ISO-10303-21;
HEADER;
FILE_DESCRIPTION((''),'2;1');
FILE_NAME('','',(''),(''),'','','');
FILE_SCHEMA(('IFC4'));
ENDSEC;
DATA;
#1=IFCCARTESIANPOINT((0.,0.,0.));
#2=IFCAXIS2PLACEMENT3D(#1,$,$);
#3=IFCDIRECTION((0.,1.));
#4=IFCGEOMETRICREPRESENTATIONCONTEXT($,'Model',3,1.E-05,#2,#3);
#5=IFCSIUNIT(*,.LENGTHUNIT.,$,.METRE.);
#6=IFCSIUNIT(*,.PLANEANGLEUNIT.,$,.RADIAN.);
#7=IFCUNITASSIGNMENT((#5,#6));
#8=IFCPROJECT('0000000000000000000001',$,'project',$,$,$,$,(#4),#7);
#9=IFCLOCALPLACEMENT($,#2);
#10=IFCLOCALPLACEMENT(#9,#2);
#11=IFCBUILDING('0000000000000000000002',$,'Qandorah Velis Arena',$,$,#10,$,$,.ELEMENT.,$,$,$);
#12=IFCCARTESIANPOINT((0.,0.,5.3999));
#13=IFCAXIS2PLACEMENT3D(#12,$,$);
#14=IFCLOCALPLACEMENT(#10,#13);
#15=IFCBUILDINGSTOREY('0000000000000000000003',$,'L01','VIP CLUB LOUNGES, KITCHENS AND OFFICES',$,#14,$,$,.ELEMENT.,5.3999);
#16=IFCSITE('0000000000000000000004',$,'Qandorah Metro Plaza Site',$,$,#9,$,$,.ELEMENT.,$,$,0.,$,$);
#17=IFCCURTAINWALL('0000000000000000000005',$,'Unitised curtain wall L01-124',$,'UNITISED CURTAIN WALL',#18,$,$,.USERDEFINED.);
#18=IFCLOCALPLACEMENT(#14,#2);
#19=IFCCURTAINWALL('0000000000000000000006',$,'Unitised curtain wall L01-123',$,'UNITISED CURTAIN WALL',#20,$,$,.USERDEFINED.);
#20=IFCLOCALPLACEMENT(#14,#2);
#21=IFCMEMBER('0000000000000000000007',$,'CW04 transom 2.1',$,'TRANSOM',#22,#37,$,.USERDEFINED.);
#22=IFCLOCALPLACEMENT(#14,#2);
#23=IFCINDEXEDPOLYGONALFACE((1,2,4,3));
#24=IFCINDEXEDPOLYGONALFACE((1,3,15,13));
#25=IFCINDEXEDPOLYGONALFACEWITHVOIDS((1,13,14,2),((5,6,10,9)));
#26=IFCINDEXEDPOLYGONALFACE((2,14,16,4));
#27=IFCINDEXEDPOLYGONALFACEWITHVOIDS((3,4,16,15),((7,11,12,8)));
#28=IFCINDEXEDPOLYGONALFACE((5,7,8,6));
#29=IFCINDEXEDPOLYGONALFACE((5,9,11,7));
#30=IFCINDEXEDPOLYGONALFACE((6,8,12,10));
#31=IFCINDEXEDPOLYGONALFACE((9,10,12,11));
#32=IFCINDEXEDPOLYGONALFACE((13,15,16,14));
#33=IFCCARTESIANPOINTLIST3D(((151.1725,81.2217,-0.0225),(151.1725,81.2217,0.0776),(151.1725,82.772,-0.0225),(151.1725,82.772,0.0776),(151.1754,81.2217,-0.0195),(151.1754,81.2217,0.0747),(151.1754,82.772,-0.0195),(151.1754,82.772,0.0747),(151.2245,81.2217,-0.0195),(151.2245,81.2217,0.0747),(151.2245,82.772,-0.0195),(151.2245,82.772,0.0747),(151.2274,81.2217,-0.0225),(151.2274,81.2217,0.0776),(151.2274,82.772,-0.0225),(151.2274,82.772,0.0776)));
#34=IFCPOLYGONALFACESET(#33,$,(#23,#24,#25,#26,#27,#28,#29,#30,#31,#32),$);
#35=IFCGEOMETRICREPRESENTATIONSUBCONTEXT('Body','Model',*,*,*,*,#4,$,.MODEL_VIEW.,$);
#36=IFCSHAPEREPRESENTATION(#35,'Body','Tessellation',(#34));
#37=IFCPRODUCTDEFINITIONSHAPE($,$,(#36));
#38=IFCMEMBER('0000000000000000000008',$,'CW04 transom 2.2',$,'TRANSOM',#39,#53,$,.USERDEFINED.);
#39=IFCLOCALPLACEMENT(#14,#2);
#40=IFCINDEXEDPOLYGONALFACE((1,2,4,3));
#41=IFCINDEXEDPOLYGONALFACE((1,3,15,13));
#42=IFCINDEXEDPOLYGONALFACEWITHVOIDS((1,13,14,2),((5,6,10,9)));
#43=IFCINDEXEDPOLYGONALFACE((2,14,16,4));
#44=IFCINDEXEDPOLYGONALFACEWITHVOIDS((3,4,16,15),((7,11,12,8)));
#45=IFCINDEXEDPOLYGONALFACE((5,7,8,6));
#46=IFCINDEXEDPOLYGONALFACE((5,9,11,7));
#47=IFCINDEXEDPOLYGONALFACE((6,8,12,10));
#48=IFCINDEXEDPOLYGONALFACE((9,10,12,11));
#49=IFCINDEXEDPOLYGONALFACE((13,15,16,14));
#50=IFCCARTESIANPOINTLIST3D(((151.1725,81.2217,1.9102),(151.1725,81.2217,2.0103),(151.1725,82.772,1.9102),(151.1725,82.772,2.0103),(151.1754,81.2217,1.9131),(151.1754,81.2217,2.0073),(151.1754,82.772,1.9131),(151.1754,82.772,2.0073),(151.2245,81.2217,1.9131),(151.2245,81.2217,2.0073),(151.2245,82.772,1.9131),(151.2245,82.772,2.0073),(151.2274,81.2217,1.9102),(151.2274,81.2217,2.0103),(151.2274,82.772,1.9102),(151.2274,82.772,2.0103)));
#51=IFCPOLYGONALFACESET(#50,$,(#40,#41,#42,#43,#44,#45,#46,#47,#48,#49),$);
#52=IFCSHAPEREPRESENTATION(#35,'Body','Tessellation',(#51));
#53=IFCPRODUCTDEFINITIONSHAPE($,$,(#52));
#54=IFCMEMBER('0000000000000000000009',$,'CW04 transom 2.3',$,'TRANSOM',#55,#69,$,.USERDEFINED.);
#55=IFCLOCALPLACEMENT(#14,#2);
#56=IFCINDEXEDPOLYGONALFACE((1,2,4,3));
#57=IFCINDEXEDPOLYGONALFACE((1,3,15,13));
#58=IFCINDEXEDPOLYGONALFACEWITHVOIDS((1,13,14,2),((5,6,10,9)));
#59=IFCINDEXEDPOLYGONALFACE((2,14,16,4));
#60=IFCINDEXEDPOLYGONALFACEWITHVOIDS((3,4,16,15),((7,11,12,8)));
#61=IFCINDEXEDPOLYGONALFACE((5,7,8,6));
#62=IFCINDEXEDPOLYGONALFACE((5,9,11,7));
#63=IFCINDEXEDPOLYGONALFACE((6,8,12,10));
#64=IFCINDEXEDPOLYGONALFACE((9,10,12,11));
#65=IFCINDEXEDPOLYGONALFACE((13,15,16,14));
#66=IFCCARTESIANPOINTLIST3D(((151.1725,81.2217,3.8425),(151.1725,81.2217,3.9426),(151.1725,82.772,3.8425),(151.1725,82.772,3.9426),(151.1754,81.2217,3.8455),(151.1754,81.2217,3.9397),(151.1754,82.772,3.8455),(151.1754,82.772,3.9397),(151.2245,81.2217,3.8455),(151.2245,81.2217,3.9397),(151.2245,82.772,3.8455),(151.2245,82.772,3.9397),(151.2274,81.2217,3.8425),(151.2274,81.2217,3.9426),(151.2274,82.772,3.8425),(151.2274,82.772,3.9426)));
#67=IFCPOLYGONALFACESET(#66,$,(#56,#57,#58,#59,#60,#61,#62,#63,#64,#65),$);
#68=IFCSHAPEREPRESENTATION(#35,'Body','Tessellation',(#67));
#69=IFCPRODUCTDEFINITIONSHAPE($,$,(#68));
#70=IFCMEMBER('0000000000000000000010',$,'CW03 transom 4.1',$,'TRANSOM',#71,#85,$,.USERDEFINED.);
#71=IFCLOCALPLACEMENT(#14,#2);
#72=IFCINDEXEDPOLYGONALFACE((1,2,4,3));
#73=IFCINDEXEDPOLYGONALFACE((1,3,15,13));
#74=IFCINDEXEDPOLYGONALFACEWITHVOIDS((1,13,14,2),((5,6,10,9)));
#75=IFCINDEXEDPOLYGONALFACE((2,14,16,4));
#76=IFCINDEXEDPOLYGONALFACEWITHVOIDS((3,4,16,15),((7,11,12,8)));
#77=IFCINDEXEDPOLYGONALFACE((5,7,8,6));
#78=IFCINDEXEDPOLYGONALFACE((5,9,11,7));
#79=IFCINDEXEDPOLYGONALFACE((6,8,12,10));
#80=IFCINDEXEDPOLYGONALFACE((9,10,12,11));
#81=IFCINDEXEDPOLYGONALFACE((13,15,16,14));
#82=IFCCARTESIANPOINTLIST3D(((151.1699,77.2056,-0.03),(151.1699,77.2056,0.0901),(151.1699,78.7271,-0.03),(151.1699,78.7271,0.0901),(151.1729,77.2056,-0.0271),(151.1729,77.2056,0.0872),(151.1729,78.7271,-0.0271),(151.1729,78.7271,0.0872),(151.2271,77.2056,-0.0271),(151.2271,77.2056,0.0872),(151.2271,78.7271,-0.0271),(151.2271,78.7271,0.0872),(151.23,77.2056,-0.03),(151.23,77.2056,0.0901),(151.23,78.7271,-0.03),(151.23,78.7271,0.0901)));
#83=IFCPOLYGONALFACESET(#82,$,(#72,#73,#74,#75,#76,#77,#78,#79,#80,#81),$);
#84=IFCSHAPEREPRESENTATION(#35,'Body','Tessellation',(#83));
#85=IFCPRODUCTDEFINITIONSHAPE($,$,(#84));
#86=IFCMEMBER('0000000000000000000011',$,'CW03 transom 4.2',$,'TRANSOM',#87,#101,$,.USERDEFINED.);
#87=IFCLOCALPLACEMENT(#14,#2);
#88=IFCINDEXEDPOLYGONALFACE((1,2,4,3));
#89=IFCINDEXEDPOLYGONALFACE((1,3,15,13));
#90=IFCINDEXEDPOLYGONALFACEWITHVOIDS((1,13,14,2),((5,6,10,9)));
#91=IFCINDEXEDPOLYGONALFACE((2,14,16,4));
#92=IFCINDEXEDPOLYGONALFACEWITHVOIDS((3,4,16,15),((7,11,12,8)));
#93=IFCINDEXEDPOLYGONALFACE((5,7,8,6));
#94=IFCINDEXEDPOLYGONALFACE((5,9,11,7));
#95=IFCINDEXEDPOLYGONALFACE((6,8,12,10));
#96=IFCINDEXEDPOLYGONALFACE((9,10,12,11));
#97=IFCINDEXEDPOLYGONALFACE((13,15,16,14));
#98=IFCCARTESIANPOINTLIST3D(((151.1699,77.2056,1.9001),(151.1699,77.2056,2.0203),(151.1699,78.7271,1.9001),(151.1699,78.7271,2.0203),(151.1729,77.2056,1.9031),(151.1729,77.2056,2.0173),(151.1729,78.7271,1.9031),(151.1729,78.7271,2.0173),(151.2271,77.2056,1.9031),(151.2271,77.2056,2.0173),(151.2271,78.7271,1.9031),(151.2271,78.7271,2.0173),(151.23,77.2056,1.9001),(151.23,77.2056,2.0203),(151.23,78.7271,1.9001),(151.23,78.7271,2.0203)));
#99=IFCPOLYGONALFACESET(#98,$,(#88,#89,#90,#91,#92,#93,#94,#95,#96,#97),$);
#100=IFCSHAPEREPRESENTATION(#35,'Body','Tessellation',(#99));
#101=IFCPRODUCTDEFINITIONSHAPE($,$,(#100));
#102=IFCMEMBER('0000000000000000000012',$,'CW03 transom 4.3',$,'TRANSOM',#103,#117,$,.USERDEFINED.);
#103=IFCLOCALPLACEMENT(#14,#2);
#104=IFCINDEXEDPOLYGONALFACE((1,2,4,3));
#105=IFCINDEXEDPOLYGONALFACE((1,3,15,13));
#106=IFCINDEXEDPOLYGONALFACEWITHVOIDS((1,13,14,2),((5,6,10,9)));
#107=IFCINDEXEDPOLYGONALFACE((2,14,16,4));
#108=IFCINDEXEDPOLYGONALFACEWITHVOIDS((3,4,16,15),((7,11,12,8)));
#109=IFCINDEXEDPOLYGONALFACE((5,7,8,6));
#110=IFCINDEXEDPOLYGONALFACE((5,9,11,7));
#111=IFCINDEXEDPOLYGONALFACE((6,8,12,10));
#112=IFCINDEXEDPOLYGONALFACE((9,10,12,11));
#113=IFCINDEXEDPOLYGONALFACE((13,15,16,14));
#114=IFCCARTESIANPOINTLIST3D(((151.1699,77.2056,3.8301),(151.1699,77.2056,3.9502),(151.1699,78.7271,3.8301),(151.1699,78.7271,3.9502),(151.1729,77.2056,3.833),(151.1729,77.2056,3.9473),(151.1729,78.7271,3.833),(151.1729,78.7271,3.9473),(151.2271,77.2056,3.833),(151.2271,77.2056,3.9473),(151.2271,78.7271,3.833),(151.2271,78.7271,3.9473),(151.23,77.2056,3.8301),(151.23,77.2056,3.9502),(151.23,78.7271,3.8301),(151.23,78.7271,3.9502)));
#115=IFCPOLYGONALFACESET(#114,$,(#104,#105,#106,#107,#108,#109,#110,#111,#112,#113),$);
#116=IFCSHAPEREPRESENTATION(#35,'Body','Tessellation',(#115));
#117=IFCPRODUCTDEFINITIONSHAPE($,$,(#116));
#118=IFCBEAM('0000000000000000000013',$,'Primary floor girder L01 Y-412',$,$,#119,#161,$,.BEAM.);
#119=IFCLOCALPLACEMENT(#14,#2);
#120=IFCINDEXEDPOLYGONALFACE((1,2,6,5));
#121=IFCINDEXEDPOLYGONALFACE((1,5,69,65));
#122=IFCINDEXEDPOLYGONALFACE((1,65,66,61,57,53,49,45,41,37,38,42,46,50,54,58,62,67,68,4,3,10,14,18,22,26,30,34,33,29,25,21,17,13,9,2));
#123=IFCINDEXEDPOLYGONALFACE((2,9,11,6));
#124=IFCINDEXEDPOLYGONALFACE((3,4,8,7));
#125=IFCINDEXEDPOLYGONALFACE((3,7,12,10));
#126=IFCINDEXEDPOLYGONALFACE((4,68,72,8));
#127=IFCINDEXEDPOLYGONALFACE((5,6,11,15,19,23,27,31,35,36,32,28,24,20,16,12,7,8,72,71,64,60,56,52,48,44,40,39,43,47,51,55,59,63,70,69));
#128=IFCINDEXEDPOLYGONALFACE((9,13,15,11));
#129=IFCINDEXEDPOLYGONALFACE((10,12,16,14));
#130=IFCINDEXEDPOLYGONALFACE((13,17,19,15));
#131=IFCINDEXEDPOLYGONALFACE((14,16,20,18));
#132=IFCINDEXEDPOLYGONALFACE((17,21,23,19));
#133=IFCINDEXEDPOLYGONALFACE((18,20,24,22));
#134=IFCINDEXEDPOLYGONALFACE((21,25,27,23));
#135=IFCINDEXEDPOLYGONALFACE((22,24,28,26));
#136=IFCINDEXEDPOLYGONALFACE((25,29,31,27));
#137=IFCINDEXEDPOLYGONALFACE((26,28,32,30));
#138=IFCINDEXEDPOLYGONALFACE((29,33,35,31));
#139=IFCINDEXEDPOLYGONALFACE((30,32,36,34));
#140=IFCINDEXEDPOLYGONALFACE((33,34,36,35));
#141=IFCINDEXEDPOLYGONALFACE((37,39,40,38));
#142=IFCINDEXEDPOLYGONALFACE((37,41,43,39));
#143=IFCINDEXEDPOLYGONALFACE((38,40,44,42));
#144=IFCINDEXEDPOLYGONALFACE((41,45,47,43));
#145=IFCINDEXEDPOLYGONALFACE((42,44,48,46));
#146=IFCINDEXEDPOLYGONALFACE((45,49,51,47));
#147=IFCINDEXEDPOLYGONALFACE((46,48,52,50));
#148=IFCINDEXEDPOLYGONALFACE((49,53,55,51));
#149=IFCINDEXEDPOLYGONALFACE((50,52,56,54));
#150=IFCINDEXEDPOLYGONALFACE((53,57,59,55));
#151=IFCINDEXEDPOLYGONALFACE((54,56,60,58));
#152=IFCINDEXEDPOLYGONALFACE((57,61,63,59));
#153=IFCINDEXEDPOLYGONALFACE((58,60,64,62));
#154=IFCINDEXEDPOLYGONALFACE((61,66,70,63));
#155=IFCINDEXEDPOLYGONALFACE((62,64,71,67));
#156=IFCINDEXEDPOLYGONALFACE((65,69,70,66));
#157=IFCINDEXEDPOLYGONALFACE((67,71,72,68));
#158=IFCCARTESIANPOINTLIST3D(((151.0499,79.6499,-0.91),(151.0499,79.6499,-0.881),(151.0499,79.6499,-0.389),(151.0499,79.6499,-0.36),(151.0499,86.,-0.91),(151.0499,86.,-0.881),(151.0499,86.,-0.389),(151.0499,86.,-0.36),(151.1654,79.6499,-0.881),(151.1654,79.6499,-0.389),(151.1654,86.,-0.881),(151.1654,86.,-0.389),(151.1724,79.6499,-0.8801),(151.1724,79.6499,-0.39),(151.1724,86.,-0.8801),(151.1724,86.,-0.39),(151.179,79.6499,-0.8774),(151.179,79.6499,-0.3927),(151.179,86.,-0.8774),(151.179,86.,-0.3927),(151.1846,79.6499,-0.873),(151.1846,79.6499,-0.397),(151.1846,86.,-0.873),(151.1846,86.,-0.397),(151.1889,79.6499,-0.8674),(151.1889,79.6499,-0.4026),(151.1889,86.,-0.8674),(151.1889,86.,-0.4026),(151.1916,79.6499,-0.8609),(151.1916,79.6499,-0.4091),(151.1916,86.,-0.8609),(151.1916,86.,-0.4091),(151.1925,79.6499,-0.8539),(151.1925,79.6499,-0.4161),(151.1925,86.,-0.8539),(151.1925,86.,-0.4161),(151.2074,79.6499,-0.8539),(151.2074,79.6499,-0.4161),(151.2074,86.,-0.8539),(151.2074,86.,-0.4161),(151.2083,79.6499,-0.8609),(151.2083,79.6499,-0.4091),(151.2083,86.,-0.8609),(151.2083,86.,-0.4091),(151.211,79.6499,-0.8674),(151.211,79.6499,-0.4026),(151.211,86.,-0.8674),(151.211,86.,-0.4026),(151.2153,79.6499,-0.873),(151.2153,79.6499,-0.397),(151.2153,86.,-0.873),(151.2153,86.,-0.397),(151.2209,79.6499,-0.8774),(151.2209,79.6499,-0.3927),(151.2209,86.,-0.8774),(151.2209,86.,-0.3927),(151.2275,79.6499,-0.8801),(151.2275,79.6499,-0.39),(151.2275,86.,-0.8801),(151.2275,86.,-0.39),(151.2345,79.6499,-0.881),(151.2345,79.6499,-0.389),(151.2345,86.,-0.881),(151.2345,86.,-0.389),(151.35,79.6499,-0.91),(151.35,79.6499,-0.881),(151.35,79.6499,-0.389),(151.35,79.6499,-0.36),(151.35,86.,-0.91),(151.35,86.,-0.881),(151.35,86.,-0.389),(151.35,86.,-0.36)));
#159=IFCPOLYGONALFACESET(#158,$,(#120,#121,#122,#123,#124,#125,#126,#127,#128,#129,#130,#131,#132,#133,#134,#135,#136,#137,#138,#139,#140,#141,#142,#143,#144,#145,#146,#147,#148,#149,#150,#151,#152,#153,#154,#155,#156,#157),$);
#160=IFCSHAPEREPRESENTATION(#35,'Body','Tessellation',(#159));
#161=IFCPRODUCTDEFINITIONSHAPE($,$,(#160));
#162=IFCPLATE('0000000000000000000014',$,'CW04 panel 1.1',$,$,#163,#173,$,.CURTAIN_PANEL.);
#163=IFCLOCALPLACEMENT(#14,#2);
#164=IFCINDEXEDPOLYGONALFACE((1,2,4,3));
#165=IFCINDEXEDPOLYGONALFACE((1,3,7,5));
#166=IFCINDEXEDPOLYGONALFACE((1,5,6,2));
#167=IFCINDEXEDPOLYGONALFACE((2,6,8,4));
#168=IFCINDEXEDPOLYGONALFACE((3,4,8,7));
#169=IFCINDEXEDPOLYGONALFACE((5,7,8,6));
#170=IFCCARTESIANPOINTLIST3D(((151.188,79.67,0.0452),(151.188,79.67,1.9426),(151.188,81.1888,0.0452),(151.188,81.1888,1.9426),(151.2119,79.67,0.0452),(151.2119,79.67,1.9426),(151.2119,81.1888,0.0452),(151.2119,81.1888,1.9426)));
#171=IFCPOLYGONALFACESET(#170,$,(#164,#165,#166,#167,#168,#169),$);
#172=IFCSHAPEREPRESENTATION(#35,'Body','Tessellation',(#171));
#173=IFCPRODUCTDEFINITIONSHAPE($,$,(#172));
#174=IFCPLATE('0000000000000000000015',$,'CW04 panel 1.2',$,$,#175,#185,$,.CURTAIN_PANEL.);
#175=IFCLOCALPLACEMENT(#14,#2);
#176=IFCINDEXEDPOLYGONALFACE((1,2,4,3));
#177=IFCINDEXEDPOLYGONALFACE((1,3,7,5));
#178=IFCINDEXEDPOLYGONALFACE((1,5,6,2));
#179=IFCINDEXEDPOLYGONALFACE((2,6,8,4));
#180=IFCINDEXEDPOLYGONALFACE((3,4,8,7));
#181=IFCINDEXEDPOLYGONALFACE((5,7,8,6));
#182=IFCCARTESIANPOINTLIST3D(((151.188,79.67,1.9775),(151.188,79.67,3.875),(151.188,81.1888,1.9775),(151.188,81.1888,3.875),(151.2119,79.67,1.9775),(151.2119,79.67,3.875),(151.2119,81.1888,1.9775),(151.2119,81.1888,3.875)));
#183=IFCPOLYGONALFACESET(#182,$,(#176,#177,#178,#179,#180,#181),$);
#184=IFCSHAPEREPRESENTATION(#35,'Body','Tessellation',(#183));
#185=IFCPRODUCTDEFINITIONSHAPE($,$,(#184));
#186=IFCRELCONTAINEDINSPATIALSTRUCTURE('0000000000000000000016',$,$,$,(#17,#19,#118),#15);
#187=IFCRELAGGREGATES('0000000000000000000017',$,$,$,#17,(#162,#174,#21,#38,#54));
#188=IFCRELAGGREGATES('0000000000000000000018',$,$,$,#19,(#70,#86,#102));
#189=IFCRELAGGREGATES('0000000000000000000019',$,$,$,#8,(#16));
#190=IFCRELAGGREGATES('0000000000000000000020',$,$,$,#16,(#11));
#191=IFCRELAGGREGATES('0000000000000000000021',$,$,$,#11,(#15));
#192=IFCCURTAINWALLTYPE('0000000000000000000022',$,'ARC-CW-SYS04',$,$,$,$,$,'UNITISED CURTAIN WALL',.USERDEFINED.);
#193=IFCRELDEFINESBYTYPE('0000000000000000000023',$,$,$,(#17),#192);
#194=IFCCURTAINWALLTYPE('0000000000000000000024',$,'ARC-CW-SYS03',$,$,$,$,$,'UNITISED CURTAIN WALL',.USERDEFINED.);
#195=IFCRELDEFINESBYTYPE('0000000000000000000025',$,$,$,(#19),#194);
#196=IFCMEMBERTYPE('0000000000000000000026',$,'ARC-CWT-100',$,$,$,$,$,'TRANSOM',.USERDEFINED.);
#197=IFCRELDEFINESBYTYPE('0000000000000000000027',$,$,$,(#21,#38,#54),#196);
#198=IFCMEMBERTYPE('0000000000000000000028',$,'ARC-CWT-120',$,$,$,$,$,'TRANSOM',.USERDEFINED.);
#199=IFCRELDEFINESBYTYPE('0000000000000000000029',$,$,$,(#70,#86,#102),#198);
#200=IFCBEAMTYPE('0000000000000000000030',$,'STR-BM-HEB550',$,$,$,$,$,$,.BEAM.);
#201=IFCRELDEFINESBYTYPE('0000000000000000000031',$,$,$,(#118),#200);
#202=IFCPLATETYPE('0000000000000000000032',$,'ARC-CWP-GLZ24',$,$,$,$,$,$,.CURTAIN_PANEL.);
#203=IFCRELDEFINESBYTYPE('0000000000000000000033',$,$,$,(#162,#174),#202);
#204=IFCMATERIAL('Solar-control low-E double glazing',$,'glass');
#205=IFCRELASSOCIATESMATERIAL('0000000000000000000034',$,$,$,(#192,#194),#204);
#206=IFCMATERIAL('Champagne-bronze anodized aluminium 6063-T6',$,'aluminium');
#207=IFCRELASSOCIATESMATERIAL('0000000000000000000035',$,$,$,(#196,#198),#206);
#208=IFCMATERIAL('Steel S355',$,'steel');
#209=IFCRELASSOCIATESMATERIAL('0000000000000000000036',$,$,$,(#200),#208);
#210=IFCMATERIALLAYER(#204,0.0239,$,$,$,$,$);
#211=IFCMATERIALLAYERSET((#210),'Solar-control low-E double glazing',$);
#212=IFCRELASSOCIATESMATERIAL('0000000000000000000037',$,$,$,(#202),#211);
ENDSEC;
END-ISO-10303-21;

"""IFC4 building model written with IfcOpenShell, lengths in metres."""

from ifc_helpers import new_model, si_unit, direction, frame, origin, origin_2d, place, context, subcontext, project, spatial, rectangle, hollow_rectangle, i_section, extrude, material, layer, layer_set, material_profile, profile_set, type_object, element, aggregate, save


model = new_model("IFC4")

# Units and contexts
model_context = context("Model", 3, precision=1e-05, world=origin(), true_north=direction((0.0, 1.0)))
body_context = subcontext(model_context, "Body", "Model", "MODEL_VIEW")
ifc_project = project(units=[si_unit("LENGTHUNIT", "METRE"), si_unit("PLANEANGLEUNIT", "RADIAN")], contexts=[model_context])

# Site, building, storey
site_placement = place(None, origin())
site = spatial("IfcSite", under=ifc_project, at=site_placement, Name="Qandorah Metro Plaza Site", CompositionType="ELEMENT", RefElevation=0.0)
building_placement = place(site_placement, origin())
building = spatial("IfcBuilding", under=site, at=building_placement, Name="Qandorah Velis Arena", CompositionType="ELEMENT")
storey_placement = place(building_placement, frame((0.0, 0.0, 5.3999)))
storey = spatial("IfcBuildingStorey", under=building, at=storey_placement, Name="L01", Description="VIP CLUB LOUNGES, KITCHENS AND OFFICES", CompositionType="ELEMENT", Elevation=5.3999)

# Curtain walls
ifc_material_1 = material(Name="Solar-control low-E double glazing", Category="glass")
curtain_wall_type_1 = type_object("IfcCurtainWallType", Name="ARC-CW-SYS04", ElementType="UNITISED CURTAIN WALL", PredefinedType="USERDEFINED", material=ifc_material_1)
curtain_wall_1_placement = place(storey_placement, origin())
curtain_wall_1 = element("IfcCurtainWall", 1, at=curtain_wall_1_placement, inside=storey, type_object=curtain_wall_type_1, Name="Unitised curtain wall L01-124", ObjectType="UNITISED CURTAIN WALL", PredefinedType="USERDEFINED")
ifc_material_2 = material(Name="Champagne-bronze anodized aluminium 6063-T6", Category="aluminium")
curtain_wall_type_2 = type_object("IfcCurtainWallType", Name="ARC-CW-SYS03", ElementType="UNITISED CURTAIN WALL", PredefinedType="USERDEFINED", material=ifc_material_1)
curtain_wall_2_placement = place(storey_placement, origin())
curtain_wall_2 = element("IfcCurtainWall", 2, at=curtain_wall_2_placement, inside=storey, type_object=curtain_wall_type_2, Name="Unitised curtain wall L01-123", ObjectType="UNITISED CURTAIN WALL", PredefinedType="USERDEFINED")

# Members
ifc_material_profile_1 = material_profile(ifc_material_2, hollow_rectangle(XDim=0.0549, YDim=0.1001, WallThickness=0.0029, at=origin_2d()), Name="ALU TRANSOM 55x100")
ifc_profile_set_1 = profile_set([ifc_material_profile_1], Name="Champagne-bronze anodized aluminium 6063-T6")
member_type_1 = type_object("IfcMemberType", Name="ARC-CWT-100", ElementType="TRANSOM", PredefinedType="USERDEFINED", material=ifc_profile_set_1)
member_1_placement = place(storey_placement, frame((151.2, 81.2217, 0.0276), z_axis=(0.0, 1.0, 0.0), x_axis=(-1.0, 0.0, 0.0)))
member_1 = element("IfcMember", 3, at=member_1_placement, type_object=member_type_1, Name="CW04 transom 2.1", ObjectType="TRANSOM", PredefinedType="USERDEFINED", context=body_context, shape_type="SweptSolid", body=[
    extrude(hollow_rectangle(XDim=0.0549, YDim=0.1001, WallThickness=0.0029, at=origin_2d()), origin(), (0.0, 0.0, 1.0), 1.5503),
])
member_2_placement = place(storey_placement, frame((151.2, 81.2217, 1.9602), z_axis=(0.0, 1.0, 0.0), x_axis=(-1.0, 0.0, 0.0)))
member_2 = element("IfcMember", 4, at=member_2_placement, type_object=member_type_1, Name="CW04 transom 2.2", ObjectType="TRANSOM", PredefinedType="USERDEFINED", context=body_context, shape_type="SweptSolid", body=[
    extrude(hollow_rectangle(XDim=0.0549, YDim=0.1001, WallThickness=0.0029, at=origin_2d()), origin(), (0.0, 0.0, 1.0), 1.5503),
])
member_3_placement = place(storey_placement, frame((151.2, 81.2217, 3.8926), z_axis=(0.0, 1.0, 0.0), x_axis=(-1.0, 0.0, 0.0)))
member_3 = element("IfcMember", 5, at=member_3_placement, type_object=member_type_1, Name="CW04 transom 2.3", ObjectType="TRANSOM", PredefinedType="USERDEFINED", context=body_context, shape_type="SweptSolid", body=[
    extrude(hollow_rectangle(XDim=0.0549, YDim=0.1001, WallThickness=0.0029, at=origin_2d()), origin(), (0.0, 0.0, 1.0), 1.5503),
])
ifc_material_profile_2 = material_profile(ifc_material_2, hollow_rectangle(XDim=0.0601, YDim=0.1201, WallThickness=0.0029, at=origin_2d()), Name="ALU TRANSOM 60x120")
ifc_profile_set_2 = profile_set([ifc_material_profile_2], Name="Champagne-bronze anodized aluminium 6063-T6")
member_type_2 = type_object("IfcMemberType", Name="ARC-CWT-120", ElementType="TRANSOM", PredefinedType="USERDEFINED", material=ifc_profile_set_2)
member_4_placement = place(storey_placement, frame((151.2, 77.2056, 0.03), z_axis=(0.0, 1.0, 0.0), x_axis=(-1.0, 0.0, 0.0)))
member_4 = element("IfcMember", 6, at=member_4_placement, type_object=member_type_2, Name="CW03 transom 4.1", ObjectType="TRANSOM", PredefinedType="USERDEFINED", context=body_context, shape_type="SweptSolid", body=[
    extrude(hollow_rectangle(XDim=0.0601, YDim=0.1201, WallThickness=0.0029, at=origin_2d()), origin(), (0.0, 0.0, 1.0), 1.5215),
])
member_5_placement = place(storey_placement, frame((151.2, 77.2056, 1.9602), z_axis=(0.0, 1.0, 0.0), x_axis=(-1.0, 0.0, 0.0)))
member_5 = element("IfcMember", 7, at=member_5_placement, type_object=member_type_2, Name="CW03 transom 4.2", ObjectType="TRANSOM", PredefinedType="USERDEFINED", context=body_context, shape_type="SweptSolid", body=[
    extrude(hollow_rectangle(XDim=0.0601, YDim=0.1201, WallThickness=0.0029, at=origin_2d()), origin(), (0.0, 0.0, 1.0), 1.5215),
])
member_6_placement = place(storey_placement, frame((151.2, 77.2056, 3.8901), z_axis=(0.0, 1.0, 0.0), x_axis=(-1.0, 0.0, 0.0)))
member_6 = element("IfcMember", 8, at=member_6_placement, type_object=member_type_2, Name="CW03 transom 4.3", ObjectType="TRANSOM", PredefinedType="USERDEFINED", context=body_context, shape_type="SweptSolid", body=[
    extrude(hollow_rectangle(XDim=0.0601, YDim=0.1201, WallThickness=0.0029, at=origin_2d()), origin(), (0.0, 0.0, 1.0), 1.5215),
])

# Beam
ifc_material_3 = material(Name="Steel S355", Category="steel")
ifc_material_profile_3 = material_profile(ifc_material_3, i_section(OverallWidth=0.3, OverallDepth=0.55, WebThickness=0.0149, FlangeThickness=0.0291, FilletRadius=0.0271, at=origin_2d()), Name="HEB 550")
ifc_profile_set_3 = profile_set([ifc_material_profile_3], Name="Steel S355")
beam_type = type_object("IfcBeamType", Name="STR-BM-HEB550", PredefinedType="BEAM", material=ifc_profile_set_3)
beam_placement = place(storey_placement, frame((151.2, 79.6499, -0.635), z_axis=(0.0, 1.0, 0.0), x_axis=(-1.0, 0.0, 0.0)))
element("IfcBeam", 9, at=beam_placement, inside=storey, type_object=beam_type, Name="Primary floor girder L01 Y-412", PredefinedType="BEAM", context=body_context, shape_type="SweptSolid", body=[
    extrude(i_section(OverallWidth=0.3, OverallDepth=0.55, WebThickness=0.0149, FlangeThickness=0.0291, FilletRadius=0.0271, at=origin_2d()), origin(), (0.0, 0.0, 1.0), 6.3501),
])

# Plates
ifc_layer_1 = layer(ifc_material_1, 0.0239)
ifc_layer_set_1 = layer_set([ifc_layer_1], Name="Solar-control low-E double glazing")
plate_type_1 = type_object("IfcPlateType", Name="ARC-CWP-GLZ24", PredefinedType="CURTAIN_PANEL", material=ifc_layer_set_1)
plate_1_placement = place(storey_placement, frame((151.2, 80.4294, 0.0452), z_axis=(0.0, 0.0, 1.0), x_axis=(0.0, 1.0, 0.0)))
plate_1 = element("IfcPlate", 10, at=plate_1_placement, type_object=plate_type_1, Name="CW04 panel 1.1", PredefinedType="CURTAIN_PANEL", context=body_context, shape_type="SweptSolid", body=[
    extrude(rectangle(XDim=1.5188, YDim=0.0239, at=origin_2d()), origin(), (0.0, 0.0, 1.0), 1.8975),
])
plate_2_placement = place(storey_placement, frame((151.2, 80.4294, 1.9775), z_axis=(0.0, 0.0, 1.0), x_axis=(0.0, 1.0, 0.0)))
plate_2 = element("IfcPlate", 11, at=plate_2_placement, type_object=plate_type_1, Name="CW04 panel 1.2", PredefinedType="CURTAIN_PANEL", context=body_context, shape_type="SweptSolid", body=[
    extrude(rectangle(XDim=1.5188, YDim=0.0239, at=origin_2d()), origin(), (0.0, 0.0, 1.0), 1.8975),
])
aggregate(curtain_wall_1, [plate_1, plate_2, member_1, member_2, member_3])
aggregate(curtain_wall_2, [member_4, member_5, member_6])

save(model, "model.ifc")
